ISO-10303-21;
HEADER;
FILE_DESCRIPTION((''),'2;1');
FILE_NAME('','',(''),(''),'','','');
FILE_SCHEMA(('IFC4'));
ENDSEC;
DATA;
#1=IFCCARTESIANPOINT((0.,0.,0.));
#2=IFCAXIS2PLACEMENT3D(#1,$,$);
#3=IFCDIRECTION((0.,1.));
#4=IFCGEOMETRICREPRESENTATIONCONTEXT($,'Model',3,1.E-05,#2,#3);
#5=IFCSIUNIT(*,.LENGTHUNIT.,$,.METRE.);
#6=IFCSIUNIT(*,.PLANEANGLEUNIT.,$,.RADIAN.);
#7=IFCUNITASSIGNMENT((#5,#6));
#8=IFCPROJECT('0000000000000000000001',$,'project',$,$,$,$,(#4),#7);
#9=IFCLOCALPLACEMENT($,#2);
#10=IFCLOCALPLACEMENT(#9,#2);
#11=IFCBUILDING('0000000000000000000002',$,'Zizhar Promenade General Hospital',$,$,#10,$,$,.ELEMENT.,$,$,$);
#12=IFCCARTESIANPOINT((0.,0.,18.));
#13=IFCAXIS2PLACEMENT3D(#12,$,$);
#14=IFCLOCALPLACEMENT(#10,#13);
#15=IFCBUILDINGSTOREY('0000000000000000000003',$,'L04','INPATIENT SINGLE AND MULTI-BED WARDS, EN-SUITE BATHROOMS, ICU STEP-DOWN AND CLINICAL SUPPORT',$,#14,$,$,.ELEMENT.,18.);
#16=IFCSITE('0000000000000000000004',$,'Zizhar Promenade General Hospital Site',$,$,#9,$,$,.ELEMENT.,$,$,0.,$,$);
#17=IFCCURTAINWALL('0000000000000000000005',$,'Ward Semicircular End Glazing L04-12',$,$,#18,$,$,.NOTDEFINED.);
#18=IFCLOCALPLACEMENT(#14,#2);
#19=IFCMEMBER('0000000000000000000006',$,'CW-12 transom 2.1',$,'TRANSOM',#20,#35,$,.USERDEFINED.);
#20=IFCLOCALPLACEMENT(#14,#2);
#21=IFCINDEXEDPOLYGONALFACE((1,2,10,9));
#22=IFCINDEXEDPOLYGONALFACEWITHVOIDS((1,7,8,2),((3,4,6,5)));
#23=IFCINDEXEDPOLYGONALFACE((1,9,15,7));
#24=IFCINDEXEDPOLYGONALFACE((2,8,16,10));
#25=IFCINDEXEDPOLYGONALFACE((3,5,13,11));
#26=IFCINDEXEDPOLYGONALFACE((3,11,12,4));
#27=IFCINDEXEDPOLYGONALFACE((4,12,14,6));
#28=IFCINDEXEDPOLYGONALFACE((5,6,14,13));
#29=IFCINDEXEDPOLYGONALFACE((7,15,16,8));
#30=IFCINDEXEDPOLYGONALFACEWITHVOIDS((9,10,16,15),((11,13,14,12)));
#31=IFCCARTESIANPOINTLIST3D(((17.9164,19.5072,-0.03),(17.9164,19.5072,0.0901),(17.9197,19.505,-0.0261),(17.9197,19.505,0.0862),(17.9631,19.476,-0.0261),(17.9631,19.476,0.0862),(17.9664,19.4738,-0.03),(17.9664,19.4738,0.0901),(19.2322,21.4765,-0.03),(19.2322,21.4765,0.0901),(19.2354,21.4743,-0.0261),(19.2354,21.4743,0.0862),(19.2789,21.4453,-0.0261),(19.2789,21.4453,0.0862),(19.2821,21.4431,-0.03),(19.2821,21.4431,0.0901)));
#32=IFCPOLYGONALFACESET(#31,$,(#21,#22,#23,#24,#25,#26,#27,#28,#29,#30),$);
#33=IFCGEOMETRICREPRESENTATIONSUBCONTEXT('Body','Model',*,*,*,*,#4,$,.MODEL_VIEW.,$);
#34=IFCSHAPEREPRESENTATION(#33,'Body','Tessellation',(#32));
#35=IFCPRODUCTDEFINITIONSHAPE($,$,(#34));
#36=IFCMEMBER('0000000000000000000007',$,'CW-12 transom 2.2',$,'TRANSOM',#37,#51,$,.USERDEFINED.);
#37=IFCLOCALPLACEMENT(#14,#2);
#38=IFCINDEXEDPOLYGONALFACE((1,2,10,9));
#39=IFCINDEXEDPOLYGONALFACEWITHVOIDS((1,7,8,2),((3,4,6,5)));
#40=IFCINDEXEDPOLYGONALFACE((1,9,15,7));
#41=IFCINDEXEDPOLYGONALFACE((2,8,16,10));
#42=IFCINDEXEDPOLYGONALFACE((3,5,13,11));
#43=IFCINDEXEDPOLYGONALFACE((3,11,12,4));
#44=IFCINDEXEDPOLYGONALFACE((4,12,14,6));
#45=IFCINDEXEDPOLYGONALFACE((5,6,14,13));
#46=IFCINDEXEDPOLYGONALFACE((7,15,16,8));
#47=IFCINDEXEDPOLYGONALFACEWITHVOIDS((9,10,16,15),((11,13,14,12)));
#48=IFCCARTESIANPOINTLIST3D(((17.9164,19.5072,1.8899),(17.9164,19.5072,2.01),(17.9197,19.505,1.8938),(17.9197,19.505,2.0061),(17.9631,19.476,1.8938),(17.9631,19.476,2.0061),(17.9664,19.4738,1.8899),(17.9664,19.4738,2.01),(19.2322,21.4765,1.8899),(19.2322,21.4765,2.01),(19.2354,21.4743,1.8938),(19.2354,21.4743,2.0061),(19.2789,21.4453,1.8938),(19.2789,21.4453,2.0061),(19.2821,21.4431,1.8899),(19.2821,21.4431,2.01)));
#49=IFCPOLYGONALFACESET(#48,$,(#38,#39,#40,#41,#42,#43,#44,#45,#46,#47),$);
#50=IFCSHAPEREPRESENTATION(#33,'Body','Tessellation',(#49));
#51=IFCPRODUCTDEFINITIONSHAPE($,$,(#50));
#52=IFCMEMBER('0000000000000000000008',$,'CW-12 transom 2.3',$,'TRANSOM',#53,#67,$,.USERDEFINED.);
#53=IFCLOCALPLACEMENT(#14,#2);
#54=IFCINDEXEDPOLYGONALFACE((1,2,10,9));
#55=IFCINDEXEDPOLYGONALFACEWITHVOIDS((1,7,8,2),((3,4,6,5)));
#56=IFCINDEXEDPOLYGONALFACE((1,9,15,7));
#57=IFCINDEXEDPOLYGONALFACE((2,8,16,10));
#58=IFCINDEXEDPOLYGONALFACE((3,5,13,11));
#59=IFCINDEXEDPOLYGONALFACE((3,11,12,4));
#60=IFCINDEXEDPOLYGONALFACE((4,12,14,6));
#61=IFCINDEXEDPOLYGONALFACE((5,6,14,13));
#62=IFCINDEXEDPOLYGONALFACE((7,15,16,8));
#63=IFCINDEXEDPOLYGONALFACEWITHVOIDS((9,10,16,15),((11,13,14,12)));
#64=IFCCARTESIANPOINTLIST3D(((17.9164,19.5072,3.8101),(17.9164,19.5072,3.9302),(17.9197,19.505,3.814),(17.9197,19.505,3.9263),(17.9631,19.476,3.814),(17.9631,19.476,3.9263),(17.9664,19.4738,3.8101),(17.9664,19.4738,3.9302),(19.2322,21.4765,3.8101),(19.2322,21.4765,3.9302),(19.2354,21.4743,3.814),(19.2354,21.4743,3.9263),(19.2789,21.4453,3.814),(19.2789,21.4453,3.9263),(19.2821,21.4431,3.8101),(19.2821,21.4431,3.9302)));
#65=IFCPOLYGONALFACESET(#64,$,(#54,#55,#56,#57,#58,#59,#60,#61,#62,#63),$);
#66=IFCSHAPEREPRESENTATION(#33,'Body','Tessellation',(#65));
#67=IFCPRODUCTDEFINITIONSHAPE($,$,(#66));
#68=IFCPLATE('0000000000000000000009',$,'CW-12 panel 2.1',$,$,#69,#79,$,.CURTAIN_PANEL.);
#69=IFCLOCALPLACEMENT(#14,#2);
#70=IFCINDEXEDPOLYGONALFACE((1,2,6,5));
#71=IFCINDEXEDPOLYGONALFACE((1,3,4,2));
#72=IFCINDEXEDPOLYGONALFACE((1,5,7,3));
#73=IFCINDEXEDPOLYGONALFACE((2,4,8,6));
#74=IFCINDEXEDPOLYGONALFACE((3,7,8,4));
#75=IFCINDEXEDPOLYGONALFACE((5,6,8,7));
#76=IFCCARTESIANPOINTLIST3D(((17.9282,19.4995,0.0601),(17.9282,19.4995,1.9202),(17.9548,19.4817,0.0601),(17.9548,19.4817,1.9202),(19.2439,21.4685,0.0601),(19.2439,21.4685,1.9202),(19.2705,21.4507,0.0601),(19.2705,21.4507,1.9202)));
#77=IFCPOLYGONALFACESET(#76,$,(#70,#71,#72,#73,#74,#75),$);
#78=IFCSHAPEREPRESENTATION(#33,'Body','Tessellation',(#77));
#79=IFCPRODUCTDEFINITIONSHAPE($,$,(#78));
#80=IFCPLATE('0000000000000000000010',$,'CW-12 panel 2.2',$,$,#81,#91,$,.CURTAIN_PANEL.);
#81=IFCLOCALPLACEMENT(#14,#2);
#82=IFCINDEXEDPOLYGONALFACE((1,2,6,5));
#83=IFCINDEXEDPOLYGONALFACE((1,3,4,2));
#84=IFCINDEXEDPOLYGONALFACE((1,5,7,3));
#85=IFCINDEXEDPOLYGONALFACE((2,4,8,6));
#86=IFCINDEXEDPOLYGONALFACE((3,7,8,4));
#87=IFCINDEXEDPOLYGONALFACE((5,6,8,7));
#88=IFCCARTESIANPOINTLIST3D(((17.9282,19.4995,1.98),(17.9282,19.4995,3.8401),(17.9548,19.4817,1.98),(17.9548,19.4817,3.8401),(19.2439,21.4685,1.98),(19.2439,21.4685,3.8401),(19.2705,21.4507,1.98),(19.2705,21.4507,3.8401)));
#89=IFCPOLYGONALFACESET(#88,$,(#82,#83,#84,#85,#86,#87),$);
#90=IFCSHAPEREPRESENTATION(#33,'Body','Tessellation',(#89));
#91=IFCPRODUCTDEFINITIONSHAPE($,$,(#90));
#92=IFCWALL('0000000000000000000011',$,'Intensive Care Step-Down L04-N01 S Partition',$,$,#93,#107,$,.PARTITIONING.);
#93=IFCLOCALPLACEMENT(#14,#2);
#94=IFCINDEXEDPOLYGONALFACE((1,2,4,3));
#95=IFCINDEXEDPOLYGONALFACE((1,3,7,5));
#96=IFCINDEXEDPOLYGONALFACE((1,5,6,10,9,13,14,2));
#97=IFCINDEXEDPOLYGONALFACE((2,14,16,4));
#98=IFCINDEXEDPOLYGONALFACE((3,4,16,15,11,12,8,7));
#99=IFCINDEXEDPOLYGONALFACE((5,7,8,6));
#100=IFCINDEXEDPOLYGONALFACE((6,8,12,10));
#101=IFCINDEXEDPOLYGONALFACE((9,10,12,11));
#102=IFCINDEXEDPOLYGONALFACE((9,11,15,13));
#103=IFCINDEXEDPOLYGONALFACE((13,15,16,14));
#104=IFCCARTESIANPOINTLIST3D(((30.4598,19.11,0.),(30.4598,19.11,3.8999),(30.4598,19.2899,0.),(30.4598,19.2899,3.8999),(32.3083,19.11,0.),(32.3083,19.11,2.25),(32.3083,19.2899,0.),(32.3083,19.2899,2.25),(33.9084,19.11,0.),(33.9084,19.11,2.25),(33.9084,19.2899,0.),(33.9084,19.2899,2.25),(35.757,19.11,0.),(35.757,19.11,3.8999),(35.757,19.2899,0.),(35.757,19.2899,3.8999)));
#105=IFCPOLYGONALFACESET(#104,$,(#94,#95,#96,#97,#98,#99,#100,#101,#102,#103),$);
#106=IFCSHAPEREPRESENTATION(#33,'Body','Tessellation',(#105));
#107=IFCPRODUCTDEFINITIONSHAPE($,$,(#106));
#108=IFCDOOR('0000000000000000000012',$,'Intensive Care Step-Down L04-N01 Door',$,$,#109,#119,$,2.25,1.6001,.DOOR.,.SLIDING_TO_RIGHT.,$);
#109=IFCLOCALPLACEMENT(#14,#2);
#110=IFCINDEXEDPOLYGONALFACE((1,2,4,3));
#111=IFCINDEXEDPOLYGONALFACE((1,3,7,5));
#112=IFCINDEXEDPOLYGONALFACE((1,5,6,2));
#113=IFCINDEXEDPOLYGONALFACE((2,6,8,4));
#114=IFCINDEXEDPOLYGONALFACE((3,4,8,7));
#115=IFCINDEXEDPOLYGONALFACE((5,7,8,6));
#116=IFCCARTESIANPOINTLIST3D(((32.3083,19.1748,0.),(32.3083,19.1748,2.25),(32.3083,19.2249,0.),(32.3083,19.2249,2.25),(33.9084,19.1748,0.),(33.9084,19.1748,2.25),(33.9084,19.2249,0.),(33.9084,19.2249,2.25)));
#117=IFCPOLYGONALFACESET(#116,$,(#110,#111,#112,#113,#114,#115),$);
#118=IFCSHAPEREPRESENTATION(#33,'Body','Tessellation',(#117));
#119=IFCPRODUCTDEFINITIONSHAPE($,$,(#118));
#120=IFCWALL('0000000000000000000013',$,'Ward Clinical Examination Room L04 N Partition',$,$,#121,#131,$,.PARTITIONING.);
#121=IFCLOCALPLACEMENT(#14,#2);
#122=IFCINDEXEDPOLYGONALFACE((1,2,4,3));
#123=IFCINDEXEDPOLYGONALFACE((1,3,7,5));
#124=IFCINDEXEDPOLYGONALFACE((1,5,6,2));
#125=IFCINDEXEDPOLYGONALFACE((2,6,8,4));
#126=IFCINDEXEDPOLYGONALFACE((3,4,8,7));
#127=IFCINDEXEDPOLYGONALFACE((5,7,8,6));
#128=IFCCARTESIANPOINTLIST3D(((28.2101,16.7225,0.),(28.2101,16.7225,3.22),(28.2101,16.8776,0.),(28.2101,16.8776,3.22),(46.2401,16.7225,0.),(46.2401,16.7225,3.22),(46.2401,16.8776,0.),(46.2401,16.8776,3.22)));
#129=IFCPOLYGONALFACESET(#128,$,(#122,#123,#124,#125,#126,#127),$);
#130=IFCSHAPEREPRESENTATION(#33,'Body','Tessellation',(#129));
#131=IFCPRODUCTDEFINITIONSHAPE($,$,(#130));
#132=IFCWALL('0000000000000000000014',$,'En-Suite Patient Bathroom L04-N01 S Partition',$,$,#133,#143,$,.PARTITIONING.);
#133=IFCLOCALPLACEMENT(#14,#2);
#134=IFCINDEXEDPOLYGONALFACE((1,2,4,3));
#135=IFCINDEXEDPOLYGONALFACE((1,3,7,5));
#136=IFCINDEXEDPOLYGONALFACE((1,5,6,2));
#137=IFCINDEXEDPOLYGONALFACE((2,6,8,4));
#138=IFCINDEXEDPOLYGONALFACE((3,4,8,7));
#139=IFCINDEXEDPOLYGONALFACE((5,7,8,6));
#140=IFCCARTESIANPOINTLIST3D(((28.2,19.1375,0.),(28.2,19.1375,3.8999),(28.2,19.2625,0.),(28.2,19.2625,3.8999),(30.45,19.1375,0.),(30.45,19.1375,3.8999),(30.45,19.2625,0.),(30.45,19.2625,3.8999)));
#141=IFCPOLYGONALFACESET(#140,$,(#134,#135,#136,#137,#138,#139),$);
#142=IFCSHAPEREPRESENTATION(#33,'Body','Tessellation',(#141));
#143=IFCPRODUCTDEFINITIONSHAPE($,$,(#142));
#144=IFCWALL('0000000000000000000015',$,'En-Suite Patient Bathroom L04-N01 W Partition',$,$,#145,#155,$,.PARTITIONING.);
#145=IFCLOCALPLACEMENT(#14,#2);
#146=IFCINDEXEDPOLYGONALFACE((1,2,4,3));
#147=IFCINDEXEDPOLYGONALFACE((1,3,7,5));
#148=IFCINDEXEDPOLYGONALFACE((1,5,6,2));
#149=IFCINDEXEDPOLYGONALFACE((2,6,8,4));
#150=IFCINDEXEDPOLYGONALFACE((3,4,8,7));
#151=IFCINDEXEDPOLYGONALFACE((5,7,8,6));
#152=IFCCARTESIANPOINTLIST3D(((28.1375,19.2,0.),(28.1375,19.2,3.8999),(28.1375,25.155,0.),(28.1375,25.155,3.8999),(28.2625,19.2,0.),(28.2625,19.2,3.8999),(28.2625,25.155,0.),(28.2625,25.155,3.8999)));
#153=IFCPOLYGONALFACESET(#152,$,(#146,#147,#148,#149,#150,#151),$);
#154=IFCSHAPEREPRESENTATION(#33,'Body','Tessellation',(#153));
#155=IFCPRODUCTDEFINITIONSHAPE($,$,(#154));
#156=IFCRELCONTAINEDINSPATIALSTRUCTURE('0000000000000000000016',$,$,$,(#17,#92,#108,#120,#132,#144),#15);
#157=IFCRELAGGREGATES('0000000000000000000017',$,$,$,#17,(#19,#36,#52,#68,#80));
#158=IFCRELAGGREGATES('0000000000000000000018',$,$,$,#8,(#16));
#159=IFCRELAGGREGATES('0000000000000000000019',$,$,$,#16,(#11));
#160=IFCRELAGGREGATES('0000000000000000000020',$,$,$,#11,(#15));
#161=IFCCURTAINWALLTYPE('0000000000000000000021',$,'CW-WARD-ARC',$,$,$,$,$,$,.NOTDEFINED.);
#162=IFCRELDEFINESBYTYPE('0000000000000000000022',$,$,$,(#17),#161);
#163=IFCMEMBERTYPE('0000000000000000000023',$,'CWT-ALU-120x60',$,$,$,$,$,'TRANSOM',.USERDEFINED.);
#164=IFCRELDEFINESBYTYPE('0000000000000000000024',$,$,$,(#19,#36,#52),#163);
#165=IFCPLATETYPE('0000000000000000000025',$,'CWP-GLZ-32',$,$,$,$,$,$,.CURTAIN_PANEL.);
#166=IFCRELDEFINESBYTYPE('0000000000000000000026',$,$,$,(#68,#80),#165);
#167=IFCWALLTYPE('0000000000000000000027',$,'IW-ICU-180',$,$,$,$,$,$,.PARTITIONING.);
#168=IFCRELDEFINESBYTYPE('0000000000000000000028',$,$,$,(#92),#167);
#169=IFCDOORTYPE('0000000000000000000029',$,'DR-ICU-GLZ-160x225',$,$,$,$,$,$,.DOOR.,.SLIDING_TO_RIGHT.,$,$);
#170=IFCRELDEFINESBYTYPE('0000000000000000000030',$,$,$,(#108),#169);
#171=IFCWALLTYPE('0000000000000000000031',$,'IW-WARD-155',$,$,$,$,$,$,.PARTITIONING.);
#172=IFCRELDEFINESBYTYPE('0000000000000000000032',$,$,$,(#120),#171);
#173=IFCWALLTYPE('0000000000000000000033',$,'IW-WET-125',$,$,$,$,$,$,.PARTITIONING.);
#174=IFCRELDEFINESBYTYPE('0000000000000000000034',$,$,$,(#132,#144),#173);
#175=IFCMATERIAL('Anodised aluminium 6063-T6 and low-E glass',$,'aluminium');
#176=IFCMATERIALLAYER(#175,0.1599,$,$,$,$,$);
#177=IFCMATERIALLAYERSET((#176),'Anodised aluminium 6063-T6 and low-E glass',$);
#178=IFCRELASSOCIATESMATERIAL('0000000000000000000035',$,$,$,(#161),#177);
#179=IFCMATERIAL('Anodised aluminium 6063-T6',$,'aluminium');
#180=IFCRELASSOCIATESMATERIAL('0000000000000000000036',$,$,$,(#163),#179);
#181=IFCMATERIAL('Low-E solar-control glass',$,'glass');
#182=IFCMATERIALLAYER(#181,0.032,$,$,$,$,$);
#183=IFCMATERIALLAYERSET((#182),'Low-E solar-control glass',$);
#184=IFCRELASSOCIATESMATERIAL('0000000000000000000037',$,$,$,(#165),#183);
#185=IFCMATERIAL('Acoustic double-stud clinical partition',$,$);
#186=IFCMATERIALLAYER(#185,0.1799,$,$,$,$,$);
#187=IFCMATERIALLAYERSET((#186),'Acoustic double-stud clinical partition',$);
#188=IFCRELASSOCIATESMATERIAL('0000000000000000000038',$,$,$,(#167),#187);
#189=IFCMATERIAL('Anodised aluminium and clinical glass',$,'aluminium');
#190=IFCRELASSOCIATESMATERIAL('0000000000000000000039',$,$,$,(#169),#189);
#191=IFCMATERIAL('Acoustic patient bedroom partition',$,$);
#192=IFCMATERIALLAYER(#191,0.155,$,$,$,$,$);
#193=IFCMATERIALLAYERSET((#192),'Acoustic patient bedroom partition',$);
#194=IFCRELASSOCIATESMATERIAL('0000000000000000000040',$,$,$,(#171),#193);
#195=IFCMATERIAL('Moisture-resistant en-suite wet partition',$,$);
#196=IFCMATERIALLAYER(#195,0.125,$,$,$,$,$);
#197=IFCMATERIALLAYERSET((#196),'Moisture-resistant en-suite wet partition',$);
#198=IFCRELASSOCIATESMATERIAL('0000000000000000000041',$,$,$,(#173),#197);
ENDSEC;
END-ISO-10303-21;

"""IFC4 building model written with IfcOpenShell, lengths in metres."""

from ifc_helpers import new_model, si_unit, direction, frame, frame_2d, origin, origin_2d, place, context, subcontext, project, spatial, rectangle, hollow_rectangle, extrude, material, layer, layer_set, material_profile, profile_set, type_object, element, fill, aggregate, save


model = new_model("IFC4")

# Units and contexts
model_context = context("Model", 3, precision=1e-05, world=origin(), true_north=direction((0.0, 1.0)))
body_context = subcontext(model_context, "Body", "Model", "MODEL_VIEW")
ifc_project = project(units=[si_unit("LENGTHUNIT", "METRE"), si_unit("PLANEANGLEUNIT", "RADIAN")], contexts=[model_context])

# Site, building, storey
site_placement = place(None, origin())
site = spatial("IfcSite", under=ifc_project, at=site_placement, Name="Zizhar Promenade General Hospital Site", CompositionType="ELEMENT", RefElevation=0.0)
building_placement = place(site_placement, origin())
building = spatial("IfcBuilding", under=site, at=building_placement, Name="Zizhar Promenade General Hospital", CompositionType="ELEMENT")
storey_placement = place(building_placement, frame((0.0, 0.0, 18.0)))
storey = spatial("IfcBuildingStorey", under=building, at=storey_placement, Name="L04", Description="INPATIENT SINGLE AND MULTI-BED WARDS, EN-SUITE BATHROOMS, ICU STEP-DOWN AND CLINICAL SUPPORT", CompositionType="ELEMENT", Elevation=18.0)

# Curtain wall, members, plates
ifc_material_1 = material(Name="Anodised aluminium 6063-T6 and low-E glass", Category="aluminium")
ifc_layer_1 = layer(ifc_material_1, 0.1599)
ifc_layer_set_1 = layer_set([ifc_layer_1], Name="Anodised aluminium 6063-T6 and low-E glass")
curtain_wall_type = type_object("IfcCurtainWallType", Name="CW-WARD-ARC", PredefinedType="NOTDEFINED", material=ifc_layer_set_1)
curtain_wall_placement = place(storey_placement, origin())
curtain_wall = element("IfcCurtainWall", 1, at=curtain_wall_placement, inside=storey, type_object=curtain_wall_type, Name="Ward Semicircular End Glazing L04-12", PredefinedType="NOTDEFINED")
ifc_material_2 = material(Name="Anodised aluminium 6063-T6", Category="aluminium")
ifc_material_profile_1 = material_profile(ifc_material_2, hollow_rectangle(XDim=0.0601, YDim=0.1201, WallThickness=0.0039, at=origin_2d()))
ifc_profile_set_1 = profile_set([ifc_material_profile_1], Name="Anodised aluminium 6063-T6")
member_type_1 = type_object("IfcMemberType", Name="CWT-ALU-120x60", ElementType="TRANSOM", PredefinedType="USERDEFINED", material=ifc_profile_set_1)
member_1_placement = place(storey_placement, frame((17.9414, 19.4905, 0.03), z_axis=(0.555533, 0.831495, 0.0), x_axis=(-0.831495, 0.555533, 0.0)))
member_1 = element("IfcMember", 2, at=member_1_placement, type_object=member_type_1, Name="CW-12 transom 2.1", ObjectType="TRANSOM", PredefinedType="USERDEFINED", context=body_context, shape_type="SweptSolid", body=[
    extrude(hollow_rectangle(XDim=0.0601, YDim=0.1201, WallThickness=0.0039, at=origin_2d()), origin(), (0.0, 0.0, 1.0), 2.3684),
])
member_2_placement = place(storey_placement, frame((17.9414, 19.4905, 1.95), z_axis=(0.555533, 0.831495, 0.0), x_axis=(-0.831495, 0.555533, 0.0)))
member_2 = element("IfcMember", 3, at=member_2_placement, type_object=member_type_1, Name="CW-12 transom 2.2", ObjectType="TRANSOM", PredefinedType="USERDEFINED", context=body_context, shape_type="SweptSolid", body=[
    extrude(hollow_rectangle(XDim=0.0601, YDim=0.1201, WallThickness=0.0039, at=origin_2d()), origin(), (0.0, 0.0, 1.0), 2.3684),
])
member_3_placement = place(storey_placement, frame((17.9414, 19.4905, 3.8701), z_axis=(0.555533, 0.831495, 0.0), x_axis=(-0.831495, 0.555533, 0.0)))
member_3 = element("IfcMember", 4, at=member_3_placement, type_object=member_type_1, Name="CW-12 transom 2.3", ObjectType="TRANSOM", PredefinedType="USERDEFINED", context=body_context, shape_type="SweptSolid", body=[
    extrude(hollow_rectangle(XDim=0.0601, YDim=0.1201, WallThickness=0.0039, at=origin_2d()), origin(), (0.0, 0.0, 1.0), 2.3684),
])
ifc_material_3 = material(Name="Low-E solar-control glass", Category="glass")
ifc_layer_2 = layer(ifc_material_3, 0.032)
ifc_layer_set_2 = layer_set([ifc_layer_2], Name="Low-E solar-control glass")
plate_type = type_object("IfcPlateType", Name="CWP-GLZ-32", PredefinedType="CURTAIN_PANEL", material=ifc_layer_set_2)
plate_1_placement = place(storey_placement, frame((18.5994, 20.4751, 0.0601), z_axis=(0.0, 0.0, 1.0), x_axis=(0.555582, 0.831462, 0.0)))
plate_1 = element("IfcPlate", 5, at=plate_1_placement, type_object=plate_type, Name="CW-12 panel 2.1", PredefinedType="CURTAIN_PANEL", context=body_context, shape_type="SweptSolid", body=[
    extrude(rectangle(XDim=2.3682, YDim=0.032, at=origin_2d()), origin(), (0.0, 0.0, 1.0), 1.8601),
])
plate_2_placement = place(storey_placement, frame((18.5994, 20.4751, 1.98), z_axis=(0.0, 0.0, 1.0), x_axis=(0.555582, 0.831462, 0.0)))
plate_2 = element("IfcPlate", 6, at=plate_2_placement, type_object=plate_type, Name="CW-12 panel 2.2", PredefinedType="CURTAIN_PANEL", context=body_context, shape_type="SweptSolid", body=[
    extrude(rectangle(XDim=2.3682, YDim=0.032, at=origin_2d()), origin(), (0.0, 0.0, 1.0), 1.8601),
])
aggregate(curtain_wall, [member_1, member_2, member_3, plate_1, plate_2])

# Wall, opening, door
ifc_material_4 = material(Name="Acoustic double-stud clinical partition")
ifc_layer_3 = layer(ifc_material_4, 0.1799)
ifc_layer_set_3 = layer_set([ifc_layer_3], Name="Acoustic double-stud clinical partition")
wall_type_1 = type_object("IfcWallType", Name="IW-ICU-180", PredefinedType="PARTITIONING", material=ifc_layer_set_3)
wall_1_placement = place(storey_placement, frame((30.46, 19.2, 0.0), z_axis=(0.0, 0.0, 1.0), x_axis=(1.0, 0.0, 0.0)))
wall_1 = element("IfcWall", 7, at=wall_1_placement, inside=storey, type_object=wall_type_1, Name="Intensive Care Step-Down L04-N01 S Partition", PredefinedType="PARTITIONING", context=body_context, shape_type="SweptSolid", body=[
    extrude(rectangle(XDim=5.2971, YDim=0.1799, at=frame_2d((2.6484, 0.0))), origin(), (0.0, 0.0, 1.0), 3.8999),
])
opening_1_placement = place(wall_1_placement, frame((1.8484, 0.0, 0.0)))
opening_1 = element("IfcOpeningElement", 8, at=opening_1_placement, cuts=wall_1, PredefinedType="OPENING", context=body_context, shape_type="SweptSolid", body=[
    extrude(rectangle(XDim=1.6001, YDim=2.25, at=frame_2d((0.8, 1.125))), frame((0.0, 0.1001, 0.0), z_axis=(0.0, -1.0, 0.0), x_axis=(1.0, 0.0, 0.0)), (0.0, 0.0, 1.0), 0.2),
])
ifc_material_5 = material(Name="Anodised aluminium and clinical glass", Category="aluminium")
door_type_1 = type_object("IfcDoorType", Name="DR-ICU-GLZ-160x225", OperationType="SLIDING_TO_RIGHT", PredefinedType="DOOR", material=ifc_material_5)
door_1_placement = place(opening_1_placement, origin())
door_1 = element("IfcDoor", 9, at=door_1_placement, inside=storey, type_object=door_type_1, Name="Intensive Care Step-Down L04-N01 Door", OperationType="SLIDING_TO_RIGHT", OverallHeight=2.25, OverallWidth=1.6001, PredefinedType="DOOR", context=body_context, shape_type="SweptSolid", body=[
    extrude(rectangle(XDim=1.6001, YDim=2.25, at=frame_2d((0.8, 1.125))), frame((0.0, 0.0249, 0.0), z_axis=(0.0, -1.0, 0.0), x_axis=(1.0, 0.0, 0.0)), (0.0, 0.0, 1.0), 0.05),
])
fill(opening_1, door_1)

# Walls
ifc_material_6 = material(Name="Acoustic patient bedroom partition")
ifc_layer_4 = layer(ifc_material_6, 0.155)
ifc_layer_set_4 = layer_set([ifc_layer_4], Name="Acoustic patient bedroom partition")
wall_type_2 = type_object("IfcWallType", Name="IW-WARD-155", PredefinedType="PARTITIONING", material=ifc_layer_set_4)
wall_2_placement = place(storey_placement, frame((28.21, 16.8, 0.0), z_axis=(0.0, 0.0, 1.0), x_axis=(1.0, 0.0, 0.0)))
element("IfcWall", 10, at=wall_2_placement, inside=storey, type_object=wall_type_2, Name="Ward Clinical Examination Room L04 N Partition", PredefinedType="PARTITIONING", context=body_context, shape_type="SweptSolid", body=[
    extrude(rectangle(XDim=18.03, YDim=0.155, at=frame_2d((9.0151, 0.0))), origin(), (0.0, 0.0, 1.0), 3.22),
])
ifc_material_7 = material(Name="Moisture-resistant en-suite wet partition")
ifc_layer_5 = layer(ifc_material_7, 0.125)
ifc_layer_set_5 = layer_set([ifc_layer_5], Name="Moisture-resistant en-suite wet partition")
wall_type_3 = type_object("IfcWallType", Name="IW-WET-125", PredefinedType="PARTITIONING", material=ifc_layer_set_5)
wall_3_placement = place(storey_placement, frame((28.2, 19.2, 0.0), z_axis=(0.0, 0.0, 1.0), x_axis=(1.0, 0.0, 0.0)))
element("IfcWall", 11, at=wall_3_placement, inside=storey, type_object=wall_type_3, Name="En-Suite Patient Bathroom L04-N01 S Partition", PredefinedType="PARTITIONING", context=body_context, shape_type="SweptSolid", body=[
    extrude(rectangle(XDim=2.25, YDim=0.125, at=frame_2d((1.125, 0.0))), origin(), (0.0, 0.0, 1.0), 3.8999),
])
wall_4_placement = place(storey_placement, frame((28.2, 19.2, 0.0), z_axis=(0.0, 0.0, 1.0), x_axis=(0.0, 1.0, 0.0)))
element("IfcWall", 12, at=wall_4_placement, inside=storey, type_object=wall_type_3, Name="En-Suite Patient Bathroom L04-N01 W Partition", PredefinedType="PARTITIONING", context=body_context, shape_type="SweptSolid", body=[
    extrude(rectangle(XDim=5.9551, YDim=0.125, at=frame_2d((2.9775, 0.0))), origin(), (0.0, 0.0, 1.0), 3.8999),
])

save(model, "model.ifc")
